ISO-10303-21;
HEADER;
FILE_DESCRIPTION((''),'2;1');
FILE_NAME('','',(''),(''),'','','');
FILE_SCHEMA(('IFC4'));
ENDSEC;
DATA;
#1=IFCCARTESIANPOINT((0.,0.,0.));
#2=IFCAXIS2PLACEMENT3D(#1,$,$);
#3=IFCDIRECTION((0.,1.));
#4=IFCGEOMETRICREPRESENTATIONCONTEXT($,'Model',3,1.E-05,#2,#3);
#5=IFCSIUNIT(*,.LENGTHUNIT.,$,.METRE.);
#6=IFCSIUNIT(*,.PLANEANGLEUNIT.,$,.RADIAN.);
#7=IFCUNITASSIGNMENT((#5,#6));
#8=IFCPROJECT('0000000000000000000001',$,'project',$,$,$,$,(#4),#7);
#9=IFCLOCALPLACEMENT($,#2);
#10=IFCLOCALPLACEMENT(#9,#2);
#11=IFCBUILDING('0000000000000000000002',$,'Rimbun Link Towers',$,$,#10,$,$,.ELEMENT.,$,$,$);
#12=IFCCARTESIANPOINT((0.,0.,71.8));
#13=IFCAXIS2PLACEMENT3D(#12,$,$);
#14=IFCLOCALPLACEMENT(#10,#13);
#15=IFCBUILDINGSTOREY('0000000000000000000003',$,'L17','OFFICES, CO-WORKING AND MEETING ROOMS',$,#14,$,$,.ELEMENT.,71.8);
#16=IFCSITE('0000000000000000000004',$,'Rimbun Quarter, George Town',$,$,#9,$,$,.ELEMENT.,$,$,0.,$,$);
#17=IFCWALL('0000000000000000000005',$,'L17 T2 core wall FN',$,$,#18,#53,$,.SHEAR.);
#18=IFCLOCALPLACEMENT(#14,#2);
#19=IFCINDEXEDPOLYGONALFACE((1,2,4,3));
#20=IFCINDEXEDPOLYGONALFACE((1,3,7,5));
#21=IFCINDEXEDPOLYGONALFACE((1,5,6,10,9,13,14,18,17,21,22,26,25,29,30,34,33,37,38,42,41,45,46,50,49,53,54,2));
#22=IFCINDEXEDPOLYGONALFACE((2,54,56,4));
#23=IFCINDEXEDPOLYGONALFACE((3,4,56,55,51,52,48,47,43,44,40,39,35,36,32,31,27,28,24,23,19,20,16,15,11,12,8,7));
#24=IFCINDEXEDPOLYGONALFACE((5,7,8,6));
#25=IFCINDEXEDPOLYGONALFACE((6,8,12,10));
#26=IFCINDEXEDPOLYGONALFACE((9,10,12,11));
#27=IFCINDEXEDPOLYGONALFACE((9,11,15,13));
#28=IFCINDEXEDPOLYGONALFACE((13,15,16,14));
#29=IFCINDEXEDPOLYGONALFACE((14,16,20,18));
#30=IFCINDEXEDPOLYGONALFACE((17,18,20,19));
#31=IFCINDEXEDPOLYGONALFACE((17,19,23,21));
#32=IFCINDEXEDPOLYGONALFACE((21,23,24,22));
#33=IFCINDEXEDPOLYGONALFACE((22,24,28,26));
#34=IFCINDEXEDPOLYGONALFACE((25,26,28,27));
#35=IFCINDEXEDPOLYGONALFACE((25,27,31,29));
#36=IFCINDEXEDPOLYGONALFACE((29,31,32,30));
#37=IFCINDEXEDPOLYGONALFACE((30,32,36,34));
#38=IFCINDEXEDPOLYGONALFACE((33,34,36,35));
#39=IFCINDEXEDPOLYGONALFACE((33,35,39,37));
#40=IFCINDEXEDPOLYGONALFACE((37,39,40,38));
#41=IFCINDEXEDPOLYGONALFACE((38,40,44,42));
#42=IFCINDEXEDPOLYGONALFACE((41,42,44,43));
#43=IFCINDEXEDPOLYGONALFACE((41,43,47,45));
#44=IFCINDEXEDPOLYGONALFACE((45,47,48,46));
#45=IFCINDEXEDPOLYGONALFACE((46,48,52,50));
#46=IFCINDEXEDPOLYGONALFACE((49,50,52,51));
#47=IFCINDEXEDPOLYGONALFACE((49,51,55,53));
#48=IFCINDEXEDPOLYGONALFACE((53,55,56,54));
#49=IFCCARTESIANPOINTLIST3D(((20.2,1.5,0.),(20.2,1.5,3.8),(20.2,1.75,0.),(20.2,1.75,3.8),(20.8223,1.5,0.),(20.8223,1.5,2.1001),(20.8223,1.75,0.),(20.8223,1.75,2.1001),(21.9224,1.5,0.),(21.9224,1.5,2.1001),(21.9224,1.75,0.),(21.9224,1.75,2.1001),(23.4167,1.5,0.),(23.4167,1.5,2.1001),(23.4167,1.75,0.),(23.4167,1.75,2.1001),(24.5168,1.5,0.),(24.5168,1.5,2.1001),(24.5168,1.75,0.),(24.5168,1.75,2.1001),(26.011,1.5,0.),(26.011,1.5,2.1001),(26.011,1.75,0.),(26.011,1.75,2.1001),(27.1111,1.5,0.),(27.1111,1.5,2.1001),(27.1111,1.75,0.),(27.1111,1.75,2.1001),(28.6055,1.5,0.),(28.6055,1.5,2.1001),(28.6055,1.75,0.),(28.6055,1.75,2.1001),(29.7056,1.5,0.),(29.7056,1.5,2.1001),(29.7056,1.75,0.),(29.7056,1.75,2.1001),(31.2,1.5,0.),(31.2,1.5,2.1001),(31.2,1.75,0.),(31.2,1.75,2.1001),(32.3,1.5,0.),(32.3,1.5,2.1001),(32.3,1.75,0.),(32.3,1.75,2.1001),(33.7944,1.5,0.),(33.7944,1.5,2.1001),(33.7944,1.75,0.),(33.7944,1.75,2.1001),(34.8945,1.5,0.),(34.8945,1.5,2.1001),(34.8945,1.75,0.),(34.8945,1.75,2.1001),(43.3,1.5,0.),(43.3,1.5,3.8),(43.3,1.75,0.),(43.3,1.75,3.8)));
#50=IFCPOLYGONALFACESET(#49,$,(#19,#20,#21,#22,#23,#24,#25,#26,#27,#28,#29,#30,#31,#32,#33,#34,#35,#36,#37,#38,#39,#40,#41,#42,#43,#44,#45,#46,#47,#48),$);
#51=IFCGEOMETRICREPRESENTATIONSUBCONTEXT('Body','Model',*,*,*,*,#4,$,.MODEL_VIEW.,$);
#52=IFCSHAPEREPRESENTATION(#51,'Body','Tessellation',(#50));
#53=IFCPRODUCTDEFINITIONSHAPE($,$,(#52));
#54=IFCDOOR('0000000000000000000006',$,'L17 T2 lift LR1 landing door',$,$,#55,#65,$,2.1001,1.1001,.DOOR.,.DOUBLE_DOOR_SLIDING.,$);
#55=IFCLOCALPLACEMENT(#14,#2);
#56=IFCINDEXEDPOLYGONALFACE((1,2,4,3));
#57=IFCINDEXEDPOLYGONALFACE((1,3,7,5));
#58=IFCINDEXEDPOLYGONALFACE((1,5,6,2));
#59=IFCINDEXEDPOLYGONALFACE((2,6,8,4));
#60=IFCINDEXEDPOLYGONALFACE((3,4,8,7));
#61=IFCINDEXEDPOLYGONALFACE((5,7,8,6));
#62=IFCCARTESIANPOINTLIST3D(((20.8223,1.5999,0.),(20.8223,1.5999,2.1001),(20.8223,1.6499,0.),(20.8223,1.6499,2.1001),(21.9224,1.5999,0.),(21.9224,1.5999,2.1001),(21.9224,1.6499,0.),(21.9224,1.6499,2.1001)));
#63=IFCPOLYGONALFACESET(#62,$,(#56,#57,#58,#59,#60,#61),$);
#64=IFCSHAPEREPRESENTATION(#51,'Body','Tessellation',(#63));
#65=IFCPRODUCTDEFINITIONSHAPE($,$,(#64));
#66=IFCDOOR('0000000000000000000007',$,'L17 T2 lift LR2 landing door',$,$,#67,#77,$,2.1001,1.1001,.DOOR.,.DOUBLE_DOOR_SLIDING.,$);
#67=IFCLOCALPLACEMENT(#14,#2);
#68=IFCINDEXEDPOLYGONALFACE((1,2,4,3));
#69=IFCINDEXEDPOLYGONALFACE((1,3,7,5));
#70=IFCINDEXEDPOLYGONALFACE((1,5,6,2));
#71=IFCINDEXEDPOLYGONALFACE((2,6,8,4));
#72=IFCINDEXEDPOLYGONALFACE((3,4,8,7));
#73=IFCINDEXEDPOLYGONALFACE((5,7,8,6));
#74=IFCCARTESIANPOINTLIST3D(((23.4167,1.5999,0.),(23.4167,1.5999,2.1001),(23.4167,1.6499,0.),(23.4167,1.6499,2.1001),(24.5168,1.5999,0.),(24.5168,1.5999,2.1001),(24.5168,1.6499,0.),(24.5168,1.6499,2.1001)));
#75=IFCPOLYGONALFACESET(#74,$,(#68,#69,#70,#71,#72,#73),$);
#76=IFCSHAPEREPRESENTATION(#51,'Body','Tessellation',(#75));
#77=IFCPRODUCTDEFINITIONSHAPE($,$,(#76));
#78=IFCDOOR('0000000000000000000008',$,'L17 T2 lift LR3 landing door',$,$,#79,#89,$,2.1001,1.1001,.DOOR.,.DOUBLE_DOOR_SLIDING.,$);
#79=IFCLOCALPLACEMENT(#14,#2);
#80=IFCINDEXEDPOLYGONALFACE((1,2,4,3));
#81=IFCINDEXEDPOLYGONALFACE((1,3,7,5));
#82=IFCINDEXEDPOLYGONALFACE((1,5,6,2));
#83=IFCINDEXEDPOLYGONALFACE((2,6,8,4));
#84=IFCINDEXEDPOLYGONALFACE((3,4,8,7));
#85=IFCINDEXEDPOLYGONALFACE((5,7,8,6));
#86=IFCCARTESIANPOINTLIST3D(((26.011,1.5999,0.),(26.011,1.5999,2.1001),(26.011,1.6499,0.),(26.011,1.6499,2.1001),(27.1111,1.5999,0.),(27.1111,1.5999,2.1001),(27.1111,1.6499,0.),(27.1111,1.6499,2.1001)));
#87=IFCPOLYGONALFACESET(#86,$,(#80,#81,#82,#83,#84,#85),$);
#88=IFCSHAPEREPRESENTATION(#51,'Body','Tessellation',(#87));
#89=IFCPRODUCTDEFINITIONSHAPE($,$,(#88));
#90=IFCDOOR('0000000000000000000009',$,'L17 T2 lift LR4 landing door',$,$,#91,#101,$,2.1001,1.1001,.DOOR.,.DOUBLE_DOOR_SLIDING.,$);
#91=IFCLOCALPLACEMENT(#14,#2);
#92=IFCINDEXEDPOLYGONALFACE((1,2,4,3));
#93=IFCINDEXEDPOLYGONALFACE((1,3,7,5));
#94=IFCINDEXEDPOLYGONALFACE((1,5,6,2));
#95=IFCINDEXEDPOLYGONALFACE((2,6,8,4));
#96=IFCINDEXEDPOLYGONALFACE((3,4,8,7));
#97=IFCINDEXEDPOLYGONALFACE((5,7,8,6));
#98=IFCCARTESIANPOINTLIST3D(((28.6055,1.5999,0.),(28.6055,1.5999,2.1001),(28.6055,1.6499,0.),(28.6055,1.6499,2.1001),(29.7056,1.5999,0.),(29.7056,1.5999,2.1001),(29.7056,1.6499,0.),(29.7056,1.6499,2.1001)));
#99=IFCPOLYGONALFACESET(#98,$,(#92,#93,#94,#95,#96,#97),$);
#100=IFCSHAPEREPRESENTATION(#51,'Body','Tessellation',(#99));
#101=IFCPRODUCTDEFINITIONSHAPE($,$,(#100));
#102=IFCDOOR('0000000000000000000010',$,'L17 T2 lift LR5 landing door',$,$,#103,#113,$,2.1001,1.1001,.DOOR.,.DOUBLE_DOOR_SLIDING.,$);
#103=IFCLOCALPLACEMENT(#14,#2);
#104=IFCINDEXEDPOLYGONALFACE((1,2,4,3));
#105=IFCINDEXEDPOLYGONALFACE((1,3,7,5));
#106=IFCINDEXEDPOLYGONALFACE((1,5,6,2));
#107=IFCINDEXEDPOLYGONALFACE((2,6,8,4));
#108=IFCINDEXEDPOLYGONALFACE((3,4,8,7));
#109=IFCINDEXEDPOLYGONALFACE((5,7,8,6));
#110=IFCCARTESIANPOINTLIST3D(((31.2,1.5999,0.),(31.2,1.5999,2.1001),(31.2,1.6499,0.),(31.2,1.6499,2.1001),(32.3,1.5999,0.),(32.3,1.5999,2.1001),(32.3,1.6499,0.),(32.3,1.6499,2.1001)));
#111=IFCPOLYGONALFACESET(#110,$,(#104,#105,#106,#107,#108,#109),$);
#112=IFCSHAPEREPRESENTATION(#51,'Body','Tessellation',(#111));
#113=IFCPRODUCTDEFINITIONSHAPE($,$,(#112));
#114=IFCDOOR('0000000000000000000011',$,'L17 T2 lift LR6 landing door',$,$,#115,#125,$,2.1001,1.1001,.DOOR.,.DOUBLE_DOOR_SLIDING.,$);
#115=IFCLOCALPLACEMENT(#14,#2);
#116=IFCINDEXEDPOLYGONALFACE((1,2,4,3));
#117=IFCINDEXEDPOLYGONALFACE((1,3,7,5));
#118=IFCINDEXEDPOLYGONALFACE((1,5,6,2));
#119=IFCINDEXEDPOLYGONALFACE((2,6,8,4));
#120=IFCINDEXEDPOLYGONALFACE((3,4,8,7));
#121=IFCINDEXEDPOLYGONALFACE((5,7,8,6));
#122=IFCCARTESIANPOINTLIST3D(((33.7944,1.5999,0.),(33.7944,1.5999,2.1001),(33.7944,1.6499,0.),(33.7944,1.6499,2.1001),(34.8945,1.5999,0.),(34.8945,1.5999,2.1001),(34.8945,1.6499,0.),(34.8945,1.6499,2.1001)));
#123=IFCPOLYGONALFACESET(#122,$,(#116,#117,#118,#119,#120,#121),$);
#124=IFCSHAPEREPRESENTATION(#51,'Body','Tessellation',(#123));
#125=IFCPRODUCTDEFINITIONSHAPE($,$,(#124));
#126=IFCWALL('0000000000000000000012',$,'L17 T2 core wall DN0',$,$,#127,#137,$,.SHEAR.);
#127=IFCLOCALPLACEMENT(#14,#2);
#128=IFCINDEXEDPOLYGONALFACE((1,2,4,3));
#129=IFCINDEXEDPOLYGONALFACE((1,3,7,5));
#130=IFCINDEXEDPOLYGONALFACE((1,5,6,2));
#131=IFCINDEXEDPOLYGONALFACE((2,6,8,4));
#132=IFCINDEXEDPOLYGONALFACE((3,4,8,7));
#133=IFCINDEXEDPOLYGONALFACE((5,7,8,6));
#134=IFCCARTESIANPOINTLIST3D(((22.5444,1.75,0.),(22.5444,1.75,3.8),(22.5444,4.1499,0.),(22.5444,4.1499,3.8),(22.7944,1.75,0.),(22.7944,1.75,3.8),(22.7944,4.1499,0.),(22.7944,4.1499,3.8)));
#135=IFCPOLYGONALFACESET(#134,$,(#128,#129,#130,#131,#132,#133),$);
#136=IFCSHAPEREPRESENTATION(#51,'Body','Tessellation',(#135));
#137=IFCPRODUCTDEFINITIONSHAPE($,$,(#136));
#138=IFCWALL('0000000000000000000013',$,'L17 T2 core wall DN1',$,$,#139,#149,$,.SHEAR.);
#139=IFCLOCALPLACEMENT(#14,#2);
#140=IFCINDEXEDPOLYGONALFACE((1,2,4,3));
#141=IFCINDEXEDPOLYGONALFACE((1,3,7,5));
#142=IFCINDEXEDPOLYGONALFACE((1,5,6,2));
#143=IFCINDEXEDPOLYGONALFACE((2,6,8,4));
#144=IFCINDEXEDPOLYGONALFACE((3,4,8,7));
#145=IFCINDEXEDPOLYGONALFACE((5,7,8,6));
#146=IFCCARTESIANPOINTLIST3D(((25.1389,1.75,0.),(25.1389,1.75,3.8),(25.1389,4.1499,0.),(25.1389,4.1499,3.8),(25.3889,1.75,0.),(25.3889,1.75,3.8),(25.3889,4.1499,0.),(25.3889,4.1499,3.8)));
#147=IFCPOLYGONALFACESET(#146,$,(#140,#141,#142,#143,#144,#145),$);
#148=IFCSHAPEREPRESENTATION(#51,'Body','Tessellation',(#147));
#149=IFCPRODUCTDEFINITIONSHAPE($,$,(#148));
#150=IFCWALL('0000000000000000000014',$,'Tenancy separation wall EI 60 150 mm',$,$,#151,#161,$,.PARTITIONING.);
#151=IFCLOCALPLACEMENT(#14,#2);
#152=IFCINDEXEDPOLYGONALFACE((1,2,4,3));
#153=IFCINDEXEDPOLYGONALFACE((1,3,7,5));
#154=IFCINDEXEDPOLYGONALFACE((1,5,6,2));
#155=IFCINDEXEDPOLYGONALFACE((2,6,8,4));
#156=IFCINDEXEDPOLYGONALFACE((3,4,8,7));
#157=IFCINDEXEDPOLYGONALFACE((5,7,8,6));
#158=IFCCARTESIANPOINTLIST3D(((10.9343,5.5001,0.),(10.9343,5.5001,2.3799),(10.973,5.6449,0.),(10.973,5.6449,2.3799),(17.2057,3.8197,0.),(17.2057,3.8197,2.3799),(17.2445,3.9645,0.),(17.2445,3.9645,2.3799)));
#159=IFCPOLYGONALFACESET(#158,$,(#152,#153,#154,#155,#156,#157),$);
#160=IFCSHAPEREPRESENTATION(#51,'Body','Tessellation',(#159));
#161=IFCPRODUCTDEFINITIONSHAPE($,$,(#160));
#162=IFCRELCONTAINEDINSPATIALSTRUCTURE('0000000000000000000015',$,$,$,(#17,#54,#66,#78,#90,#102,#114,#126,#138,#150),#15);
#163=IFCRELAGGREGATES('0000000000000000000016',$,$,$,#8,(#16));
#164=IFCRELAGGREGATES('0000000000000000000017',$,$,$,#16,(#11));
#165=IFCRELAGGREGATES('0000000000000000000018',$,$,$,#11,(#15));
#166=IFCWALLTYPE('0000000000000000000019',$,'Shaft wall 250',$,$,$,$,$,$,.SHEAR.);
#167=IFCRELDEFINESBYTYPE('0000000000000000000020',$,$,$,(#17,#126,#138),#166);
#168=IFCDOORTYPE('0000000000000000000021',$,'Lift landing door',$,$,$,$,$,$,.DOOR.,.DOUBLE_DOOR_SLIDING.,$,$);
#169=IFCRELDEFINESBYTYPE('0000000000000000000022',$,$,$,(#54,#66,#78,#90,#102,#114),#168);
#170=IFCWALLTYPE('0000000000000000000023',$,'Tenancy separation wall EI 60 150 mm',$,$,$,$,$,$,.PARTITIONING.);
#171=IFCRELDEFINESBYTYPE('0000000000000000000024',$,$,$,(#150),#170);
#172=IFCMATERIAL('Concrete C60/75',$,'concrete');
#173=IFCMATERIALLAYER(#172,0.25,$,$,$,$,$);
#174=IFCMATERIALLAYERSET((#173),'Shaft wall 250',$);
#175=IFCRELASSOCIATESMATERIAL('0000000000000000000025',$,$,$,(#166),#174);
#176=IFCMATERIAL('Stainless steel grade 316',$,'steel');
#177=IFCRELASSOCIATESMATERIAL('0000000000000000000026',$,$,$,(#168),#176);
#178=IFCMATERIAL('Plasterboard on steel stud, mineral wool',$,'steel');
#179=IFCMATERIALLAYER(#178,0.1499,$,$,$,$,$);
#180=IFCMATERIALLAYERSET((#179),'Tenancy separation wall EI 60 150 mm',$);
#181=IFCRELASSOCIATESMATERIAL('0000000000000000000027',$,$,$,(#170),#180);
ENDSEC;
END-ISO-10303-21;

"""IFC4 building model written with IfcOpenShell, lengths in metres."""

from ifc_helpers import new_model, si_unit, direction, frame, frame_2d, origin, place, context, subcontext, project, spatial, rectangle, extrude, material, layer, layer_set, type_object, element, fill, save


model = new_model("IFC4")

# Units and contexts
model_context = context("Model", 3, precision=1e-05, world=origin(), true_north=direction((0.0, 1.0)))
body_context = subcontext(model_context, "Body", "Model", "MODEL_VIEW")
ifc_project = project(units=[si_unit("LENGTHUNIT", "METRE"), si_unit("PLANEANGLEUNIT", "RADIAN")], contexts=[model_context])

# Site, building, storey
site_placement = place(None, origin())
site = spatial("IfcSite", under=ifc_project, at=site_placement, Name="Rimbun Quarter, George Town", CompositionType="ELEMENT", RefElevation=0.0)
building_placement = place(site_placement, origin())
building = spatial("IfcBuilding", under=site, at=building_placement, Name="Rimbun Link Towers", CompositionType="ELEMENT")
storey_placement = place(building_placement, frame((0.0, 0.0, 71.8)))
storey = spatial("IfcBuildingStorey", under=building, at=storey_placement, Name="L17", Description="OFFICES, CO-WORKING AND MEETING ROOMS", CompositionType="ELEMENT", Elevation=71.8)

# Shared definitions
ifc_material_1 = material(Name="Concrete C60/75", Category="concrete")
ifc_layer_1 = layer(ifc_material_1, 0.25)
ifc_layer_set_1 = layer_set([ifc_layer_1], Name="Shaft wall 250")
wall_type_1 = type_object("IfcWallType", Name="Shaft wall 250", PredefinedType="SHEAR", material=ifc_layer_set_1)

# Wall, openings, doors
wall_1_placement = place(storey_placement, frame((20.2, 1.625, 0.0), z_axis=(0.0, 0.0, 1.0), x_axis=(1.0, 0.0, 0.0)))
wall_1 = element("IfcWall", 1, at=wall_1_placement, inside=storey, type_object=wall_type_1, Name="L17 T2 core wall FN", PredefinedType="SHEAR", context=body_context, shape_type="SweptSolid", body=[
    extrude(rectangle(XDim=23.1001, YDim=0.25, at=frame_2d((11.55, 0.0))), origin(), (0.0, 0.0, 1.0), 3.8),
])
opening_1_placement = place(wall_1_placement, frame((0.6223, 0.0, 0.0)))
opening_1 = element("IfcOpeningElement", 2, at=opening_1_placement, cuts=wall_1, PredefinedType="OPENING", context=body_context, shape_type="SweptSolid", body=[
    extrude(rectangle(XDim=1.1001, YDim=2.1001, at=frame_2d((0.55, 1.05))), frame((0.0, 0.135, 0.0), z_axis=(0.0, -1.0, 0.0), x_axis=(1.0, 0.0, 0.0)), (0.0, 0.0, 1.0), 0.27),
])
opening_2_placement = place(wall_1_placement, frame((3.2168, 0.0, 0.0)))
opening_2 = element("IfcOpeningElement", 3, at=opening_2_placement, cuts=wall_1, PredefinedType="OPENING", context=body_context, shape_type="SweptSolid", body=[
    extrude(rectangle(XDim=1.1001, YDim=2.1001, at=frame_2d((0.55, 1.05))), frame((0.0, 0.135, 0.0), z_axis=(0.0, -1.0, 0.0), x_axis=(1.0, 0.0, 0.0)), (0.0, 0.0, 1.0), 0.27),
])
opening_3_placement = place(wall_1_placement, frame((5.811, 0.0, 0.0)))
opening_3 = element("IfcOpeningElement", 4, at=opening_3_placement, cuts=wall_1, PredefinedType="OPENING", context=body_context, shape_type="SweptSolid", body=[
    extrude(rectangle(XDim=1.1001, YDim=2.1001, at=frame_2d((0.55, 1.05))), frame((0.0, 0.135, 0.0), z_axis=(0.0, -1.0, 0.0), x_axis=(1.0, 0.0, 0.0)), (0.0, 0.0, 1.0), 0.27),
])
opening_4_placement = place(wall_1_placement, frame((8.4055, 0.0, 0.0)))
opening_4 = element("IfcOpeningElement", 5, at=opening_4_placement, cuts=wall_1, PredefinedType="OPENING", context=body_context, shape_type="SweptSolid", body=[
    extrude(rectangle(XDim=1.1001, YDim=2.1001, at=frame_2d((0.55, 1.05))), frame((0.0, 0.135, 0.0), z_axis=(0.0, -1.0, 0.0), x_axis=(1.0, 0.0, 0.0)), (0.0, 0.0, 1.0), 0.27),
])
opening_5_placement = place(wall_1_placement, frame((11.0, 0.0, 0.0)))
opening_5 = element("IfcOpeningElement", 6, at=opening_5_placement, cuts=wall_1, PredefinedType="OPENING", context=body_context, shape_type="SweptSolid", body=[
    extrude(rectangle(XDim=1.1001, YDim=2.1001, at=frame_2d((0.55, 1.05))), frame((0.0, 0.135, 0.0), z_axis=(0.0, -1.0, 0.0), x_axis=(1.0, 0.0, 0.0)), (0.0, 0.0, 1.0), 0.27),
])
opening_6_placement = place(wall_1_placement, frame((13.5945, 0.0, 0.0)))
opening_6 = element("IfcOpeningElement", 7, at=opening_6_placement, cuts=wall_1, PredefinedType="OPENING", context=body_context, shape_type="SweptSolid", body=[
    extrude(rectangle(XDim=1.1001, YDim=2.1001, at=frame_2d((0.55, 1.05))), frame((0.0, 0.135, 0.0), z_axis=(0.0, -1.0, 0.0), x_axis=(1.0, 0.0, 0.0)), (0.0, 0.0, 1.0), 0.27),
])
ifc_material_2 = material(Name="Stainless steel grade 316", Category="steel")
door_type_1 = type_object("IfcDoorType", Name="Lift landing door", OperationType="DOUBLE_DOOR_SLIDING", PredefinedType="DOOR", material=ifc_material_2)
door_1_placement = place(opening_1_placement, origin())
door_1 = element("IfcDoor", 8, at=door_1_placement, inside=storey, type_object=door_type_1, Name="L17 T2 lift LR1 landing door", OperationType="DOUBLE_DOOR_SLIDING", OverallHeight=2.1001, OverallWidth=1.1001, PredefinedType="DOOR", context=body_context, shape_type="SweptSolid", body=[
    extrude(rectangle(XDim=1.1001, YDim=2.1001, at=frame_2d((0.55, 1.05))), frame((0.0, 0.0249, 0.0), z_axis=(0.0, -1.0, 0.0), x_axis=(1.0, 0.0, 0.0)), (0.0, 0.0, 1.0), 0.05),
])
fill(opening_1, door_1)
door_2_placement = place(opening_2_placement, origin())
door_2 = element("IfcDoor", 9, at=door_2_placement, inside=storey, type_object=door_type_1, Name="L17 T2 lift LR2 landing door", OperationType="DOUBLE_DOOR_SLIDING", OverallHeight=2.1001, OverallWidth=1.1001, PredefinedType="DOOR", context=body_context, shape_type="SweptSolid", body=[
    extrude(rectangle(XDim=1.1001, YDim=2.1001, at=frame_2d((0.55, 1.05))), frame((0.0, 0.0249, 0.0), z_axis=(0.0, -1.0, 0.0), x_axis=(1.0, 0.0, 0.0)), (0.0, 0.0, 1.0), 0.05),
])
fill(opening_2, door_2)
door_3_placement = place(opening_3_placement, origin())
door_3 = element("IfcDoor", 10, at=door_3_placement, inside=storey, type_object=door_type_1, Name="L17 T2 lift LR3 landing door", OperationType="DOUBLE_DOOR_SLIDING", OverallHeight=2.1001, OverallWidth=1.1001, PredefinedType="DOOR", context=body_context, shape_type="SweptSolid", body=[
    extrude(rectangle(XDim=1.1001, YDim=2.1001, at=frame_2d((0.55, 1.05))), frame((0.0, 0.0249, 0.0), z_axis=(0.0, -1.0, 0.0), x_axis=(1.0, 0.0, 0.0)), (0.0, 0.0, 1.0), 0.05),
])
fill(opening_3, door_3)
door_4_placement = place(opening_4_placement, origin())
door_4 = element("IfcDoor", 11, at=door_4_placement, inside=storey, type_object=door_type_1, Name="L17 T2 lift LR4 landing door", OperationType="DOUBLE_DOOR_SLIDING", OverallHeight=2.1001, OverallWidth=1.1001, PredefinedType="DOOR", context=body_context, shape_type="SweptSolid", body=[
    extrude(rectangle(XDim=1.1001, YDim=2.1001, at=frame_2d((0.55, 1.05))), frame((0.0, 0.0249, 0.0), z_axis=(0.0, -1.0, 0.0), x_axis=(1.0, 0.0, 0.0)), (0.0, 0.0, 1.0), 0.05),
])
fill(opening_4, door_4)
door_5_placement = place(opening_5_placement, origin())
door_5 = element("IfcDoor", 12, at=door_5_placement, inside=storey, type_object=door_type_1, Name="L17 T2 lift LR5 landing door", OperationType="DOUBLE_DOOR_SLIDING", OverallHeight=2.1001, OverallWidth=1.1001, PredefinedType="DOOR", context=body_context, shape_type="SweptSolid", body=[
    extrude(rectangle(XDim=1.1001, YDim=2.1001, at=frame_2d((0.55, 1.05))), frame((0.0, 0.0249, 0.0), z_axis=(0.0, -1.0, 0.0), x_axis=(1.0, 0.0, 0.0)), (0.0, 0.0, 1.0), 0.05),
])
fill(opening_5, door_5)
door_6_placement = place(opening_6_placement, origin())
door_6 = element("IfcDoor", 13, at=door_6_placement, inside=storey, type_object=door_type_1, Name="L17 T2 lift LR6 landing door", OperationType="DOUBLE_DOOR_SLIDING", OverallHeight=2.1001, OverallWidth=1.1001, PredefinedType="DOOR", context=body_context, shape_type="SweptSolid", body=[
    extrude(rectangle(XDim=1.1001, YDim=2.1001, at=frame_2d((0.55, 1.05))), frame((0.0, 0.0249, 0.0), z_axis=(0.0, -1.0, 0.0), x_axis=(1.0, 0.0, 0.0)), (0.0, 0.0, 1.0), 0.05),
])
fill(opening_6, door_6)

# Walls
for number, where, z_axis, x_axis, name in (
    (14, (22.6694, 1.75, 0.0), (0.0, 0.0, 1.0), (0.0, 1.0, 0.0), "L17 T2 core wall DN0"),
    (15, (25.2639, 1.75, 0.0), (0.0, 0.0, 1.0), (0.0, 1.0, 0.0), "L17 T2 core wall DN1"),
):
    element("IfcWall", number, at=place(storey_placement, frame(where, z_axis=z_axis, x_axis=x_axis)), inside=storey, type_object=wall_type_1, Name=name, PredefinedType="SHEAR", context=body_context, shape_type="SweptSolid", body=[
        extrude(rectangle(XDim=2.3999, YDim=0.25, at=frame_2d((1.2, 0.0))), origin(), (0.0, 0.0, 1.0), 3.8),
    ])
ifc_material_3 = material(Name="Plasterboard on steel stud, mineral wool", Category="steel")
ifc_layer_2 = layer(ifc_material_3, 0.1499)
ifc_layer_set_2 = layer_set([ifc_layer_2], Name="Tenancy separation wall EI 60 150 mm")
wall_type_2 = type_object("IfcWallType", Name="Tenancy separation wall EI 60 150 mm", PredefinedType="PARTITIONING", material=ifc_layer_set_2)
wall_2_placement = place(storey_placement, frame((17.2251, 3.8921, 0.0), z_axis=(0.0, 0.0, 1.0), x_axis=(-0.965927, 0.258816, 0.0)))
element("IfcWall", 16, at=wall_2_placement, inside=storey, type_object=wall_type_2, Name="Tenancy separation wall EI 60 150 mm", PredefinedType="PARTITIONING", context=body_context, shape_type="SweptSolid", body=[
    extrude(rectangle(XDim=6.4927, YDim=0.1499, at=frame_2d((3.2463, 0.0))), origin(), (0.0, 0.0, 1.0), 2.3799),
])

save(model, "model.ifc")
